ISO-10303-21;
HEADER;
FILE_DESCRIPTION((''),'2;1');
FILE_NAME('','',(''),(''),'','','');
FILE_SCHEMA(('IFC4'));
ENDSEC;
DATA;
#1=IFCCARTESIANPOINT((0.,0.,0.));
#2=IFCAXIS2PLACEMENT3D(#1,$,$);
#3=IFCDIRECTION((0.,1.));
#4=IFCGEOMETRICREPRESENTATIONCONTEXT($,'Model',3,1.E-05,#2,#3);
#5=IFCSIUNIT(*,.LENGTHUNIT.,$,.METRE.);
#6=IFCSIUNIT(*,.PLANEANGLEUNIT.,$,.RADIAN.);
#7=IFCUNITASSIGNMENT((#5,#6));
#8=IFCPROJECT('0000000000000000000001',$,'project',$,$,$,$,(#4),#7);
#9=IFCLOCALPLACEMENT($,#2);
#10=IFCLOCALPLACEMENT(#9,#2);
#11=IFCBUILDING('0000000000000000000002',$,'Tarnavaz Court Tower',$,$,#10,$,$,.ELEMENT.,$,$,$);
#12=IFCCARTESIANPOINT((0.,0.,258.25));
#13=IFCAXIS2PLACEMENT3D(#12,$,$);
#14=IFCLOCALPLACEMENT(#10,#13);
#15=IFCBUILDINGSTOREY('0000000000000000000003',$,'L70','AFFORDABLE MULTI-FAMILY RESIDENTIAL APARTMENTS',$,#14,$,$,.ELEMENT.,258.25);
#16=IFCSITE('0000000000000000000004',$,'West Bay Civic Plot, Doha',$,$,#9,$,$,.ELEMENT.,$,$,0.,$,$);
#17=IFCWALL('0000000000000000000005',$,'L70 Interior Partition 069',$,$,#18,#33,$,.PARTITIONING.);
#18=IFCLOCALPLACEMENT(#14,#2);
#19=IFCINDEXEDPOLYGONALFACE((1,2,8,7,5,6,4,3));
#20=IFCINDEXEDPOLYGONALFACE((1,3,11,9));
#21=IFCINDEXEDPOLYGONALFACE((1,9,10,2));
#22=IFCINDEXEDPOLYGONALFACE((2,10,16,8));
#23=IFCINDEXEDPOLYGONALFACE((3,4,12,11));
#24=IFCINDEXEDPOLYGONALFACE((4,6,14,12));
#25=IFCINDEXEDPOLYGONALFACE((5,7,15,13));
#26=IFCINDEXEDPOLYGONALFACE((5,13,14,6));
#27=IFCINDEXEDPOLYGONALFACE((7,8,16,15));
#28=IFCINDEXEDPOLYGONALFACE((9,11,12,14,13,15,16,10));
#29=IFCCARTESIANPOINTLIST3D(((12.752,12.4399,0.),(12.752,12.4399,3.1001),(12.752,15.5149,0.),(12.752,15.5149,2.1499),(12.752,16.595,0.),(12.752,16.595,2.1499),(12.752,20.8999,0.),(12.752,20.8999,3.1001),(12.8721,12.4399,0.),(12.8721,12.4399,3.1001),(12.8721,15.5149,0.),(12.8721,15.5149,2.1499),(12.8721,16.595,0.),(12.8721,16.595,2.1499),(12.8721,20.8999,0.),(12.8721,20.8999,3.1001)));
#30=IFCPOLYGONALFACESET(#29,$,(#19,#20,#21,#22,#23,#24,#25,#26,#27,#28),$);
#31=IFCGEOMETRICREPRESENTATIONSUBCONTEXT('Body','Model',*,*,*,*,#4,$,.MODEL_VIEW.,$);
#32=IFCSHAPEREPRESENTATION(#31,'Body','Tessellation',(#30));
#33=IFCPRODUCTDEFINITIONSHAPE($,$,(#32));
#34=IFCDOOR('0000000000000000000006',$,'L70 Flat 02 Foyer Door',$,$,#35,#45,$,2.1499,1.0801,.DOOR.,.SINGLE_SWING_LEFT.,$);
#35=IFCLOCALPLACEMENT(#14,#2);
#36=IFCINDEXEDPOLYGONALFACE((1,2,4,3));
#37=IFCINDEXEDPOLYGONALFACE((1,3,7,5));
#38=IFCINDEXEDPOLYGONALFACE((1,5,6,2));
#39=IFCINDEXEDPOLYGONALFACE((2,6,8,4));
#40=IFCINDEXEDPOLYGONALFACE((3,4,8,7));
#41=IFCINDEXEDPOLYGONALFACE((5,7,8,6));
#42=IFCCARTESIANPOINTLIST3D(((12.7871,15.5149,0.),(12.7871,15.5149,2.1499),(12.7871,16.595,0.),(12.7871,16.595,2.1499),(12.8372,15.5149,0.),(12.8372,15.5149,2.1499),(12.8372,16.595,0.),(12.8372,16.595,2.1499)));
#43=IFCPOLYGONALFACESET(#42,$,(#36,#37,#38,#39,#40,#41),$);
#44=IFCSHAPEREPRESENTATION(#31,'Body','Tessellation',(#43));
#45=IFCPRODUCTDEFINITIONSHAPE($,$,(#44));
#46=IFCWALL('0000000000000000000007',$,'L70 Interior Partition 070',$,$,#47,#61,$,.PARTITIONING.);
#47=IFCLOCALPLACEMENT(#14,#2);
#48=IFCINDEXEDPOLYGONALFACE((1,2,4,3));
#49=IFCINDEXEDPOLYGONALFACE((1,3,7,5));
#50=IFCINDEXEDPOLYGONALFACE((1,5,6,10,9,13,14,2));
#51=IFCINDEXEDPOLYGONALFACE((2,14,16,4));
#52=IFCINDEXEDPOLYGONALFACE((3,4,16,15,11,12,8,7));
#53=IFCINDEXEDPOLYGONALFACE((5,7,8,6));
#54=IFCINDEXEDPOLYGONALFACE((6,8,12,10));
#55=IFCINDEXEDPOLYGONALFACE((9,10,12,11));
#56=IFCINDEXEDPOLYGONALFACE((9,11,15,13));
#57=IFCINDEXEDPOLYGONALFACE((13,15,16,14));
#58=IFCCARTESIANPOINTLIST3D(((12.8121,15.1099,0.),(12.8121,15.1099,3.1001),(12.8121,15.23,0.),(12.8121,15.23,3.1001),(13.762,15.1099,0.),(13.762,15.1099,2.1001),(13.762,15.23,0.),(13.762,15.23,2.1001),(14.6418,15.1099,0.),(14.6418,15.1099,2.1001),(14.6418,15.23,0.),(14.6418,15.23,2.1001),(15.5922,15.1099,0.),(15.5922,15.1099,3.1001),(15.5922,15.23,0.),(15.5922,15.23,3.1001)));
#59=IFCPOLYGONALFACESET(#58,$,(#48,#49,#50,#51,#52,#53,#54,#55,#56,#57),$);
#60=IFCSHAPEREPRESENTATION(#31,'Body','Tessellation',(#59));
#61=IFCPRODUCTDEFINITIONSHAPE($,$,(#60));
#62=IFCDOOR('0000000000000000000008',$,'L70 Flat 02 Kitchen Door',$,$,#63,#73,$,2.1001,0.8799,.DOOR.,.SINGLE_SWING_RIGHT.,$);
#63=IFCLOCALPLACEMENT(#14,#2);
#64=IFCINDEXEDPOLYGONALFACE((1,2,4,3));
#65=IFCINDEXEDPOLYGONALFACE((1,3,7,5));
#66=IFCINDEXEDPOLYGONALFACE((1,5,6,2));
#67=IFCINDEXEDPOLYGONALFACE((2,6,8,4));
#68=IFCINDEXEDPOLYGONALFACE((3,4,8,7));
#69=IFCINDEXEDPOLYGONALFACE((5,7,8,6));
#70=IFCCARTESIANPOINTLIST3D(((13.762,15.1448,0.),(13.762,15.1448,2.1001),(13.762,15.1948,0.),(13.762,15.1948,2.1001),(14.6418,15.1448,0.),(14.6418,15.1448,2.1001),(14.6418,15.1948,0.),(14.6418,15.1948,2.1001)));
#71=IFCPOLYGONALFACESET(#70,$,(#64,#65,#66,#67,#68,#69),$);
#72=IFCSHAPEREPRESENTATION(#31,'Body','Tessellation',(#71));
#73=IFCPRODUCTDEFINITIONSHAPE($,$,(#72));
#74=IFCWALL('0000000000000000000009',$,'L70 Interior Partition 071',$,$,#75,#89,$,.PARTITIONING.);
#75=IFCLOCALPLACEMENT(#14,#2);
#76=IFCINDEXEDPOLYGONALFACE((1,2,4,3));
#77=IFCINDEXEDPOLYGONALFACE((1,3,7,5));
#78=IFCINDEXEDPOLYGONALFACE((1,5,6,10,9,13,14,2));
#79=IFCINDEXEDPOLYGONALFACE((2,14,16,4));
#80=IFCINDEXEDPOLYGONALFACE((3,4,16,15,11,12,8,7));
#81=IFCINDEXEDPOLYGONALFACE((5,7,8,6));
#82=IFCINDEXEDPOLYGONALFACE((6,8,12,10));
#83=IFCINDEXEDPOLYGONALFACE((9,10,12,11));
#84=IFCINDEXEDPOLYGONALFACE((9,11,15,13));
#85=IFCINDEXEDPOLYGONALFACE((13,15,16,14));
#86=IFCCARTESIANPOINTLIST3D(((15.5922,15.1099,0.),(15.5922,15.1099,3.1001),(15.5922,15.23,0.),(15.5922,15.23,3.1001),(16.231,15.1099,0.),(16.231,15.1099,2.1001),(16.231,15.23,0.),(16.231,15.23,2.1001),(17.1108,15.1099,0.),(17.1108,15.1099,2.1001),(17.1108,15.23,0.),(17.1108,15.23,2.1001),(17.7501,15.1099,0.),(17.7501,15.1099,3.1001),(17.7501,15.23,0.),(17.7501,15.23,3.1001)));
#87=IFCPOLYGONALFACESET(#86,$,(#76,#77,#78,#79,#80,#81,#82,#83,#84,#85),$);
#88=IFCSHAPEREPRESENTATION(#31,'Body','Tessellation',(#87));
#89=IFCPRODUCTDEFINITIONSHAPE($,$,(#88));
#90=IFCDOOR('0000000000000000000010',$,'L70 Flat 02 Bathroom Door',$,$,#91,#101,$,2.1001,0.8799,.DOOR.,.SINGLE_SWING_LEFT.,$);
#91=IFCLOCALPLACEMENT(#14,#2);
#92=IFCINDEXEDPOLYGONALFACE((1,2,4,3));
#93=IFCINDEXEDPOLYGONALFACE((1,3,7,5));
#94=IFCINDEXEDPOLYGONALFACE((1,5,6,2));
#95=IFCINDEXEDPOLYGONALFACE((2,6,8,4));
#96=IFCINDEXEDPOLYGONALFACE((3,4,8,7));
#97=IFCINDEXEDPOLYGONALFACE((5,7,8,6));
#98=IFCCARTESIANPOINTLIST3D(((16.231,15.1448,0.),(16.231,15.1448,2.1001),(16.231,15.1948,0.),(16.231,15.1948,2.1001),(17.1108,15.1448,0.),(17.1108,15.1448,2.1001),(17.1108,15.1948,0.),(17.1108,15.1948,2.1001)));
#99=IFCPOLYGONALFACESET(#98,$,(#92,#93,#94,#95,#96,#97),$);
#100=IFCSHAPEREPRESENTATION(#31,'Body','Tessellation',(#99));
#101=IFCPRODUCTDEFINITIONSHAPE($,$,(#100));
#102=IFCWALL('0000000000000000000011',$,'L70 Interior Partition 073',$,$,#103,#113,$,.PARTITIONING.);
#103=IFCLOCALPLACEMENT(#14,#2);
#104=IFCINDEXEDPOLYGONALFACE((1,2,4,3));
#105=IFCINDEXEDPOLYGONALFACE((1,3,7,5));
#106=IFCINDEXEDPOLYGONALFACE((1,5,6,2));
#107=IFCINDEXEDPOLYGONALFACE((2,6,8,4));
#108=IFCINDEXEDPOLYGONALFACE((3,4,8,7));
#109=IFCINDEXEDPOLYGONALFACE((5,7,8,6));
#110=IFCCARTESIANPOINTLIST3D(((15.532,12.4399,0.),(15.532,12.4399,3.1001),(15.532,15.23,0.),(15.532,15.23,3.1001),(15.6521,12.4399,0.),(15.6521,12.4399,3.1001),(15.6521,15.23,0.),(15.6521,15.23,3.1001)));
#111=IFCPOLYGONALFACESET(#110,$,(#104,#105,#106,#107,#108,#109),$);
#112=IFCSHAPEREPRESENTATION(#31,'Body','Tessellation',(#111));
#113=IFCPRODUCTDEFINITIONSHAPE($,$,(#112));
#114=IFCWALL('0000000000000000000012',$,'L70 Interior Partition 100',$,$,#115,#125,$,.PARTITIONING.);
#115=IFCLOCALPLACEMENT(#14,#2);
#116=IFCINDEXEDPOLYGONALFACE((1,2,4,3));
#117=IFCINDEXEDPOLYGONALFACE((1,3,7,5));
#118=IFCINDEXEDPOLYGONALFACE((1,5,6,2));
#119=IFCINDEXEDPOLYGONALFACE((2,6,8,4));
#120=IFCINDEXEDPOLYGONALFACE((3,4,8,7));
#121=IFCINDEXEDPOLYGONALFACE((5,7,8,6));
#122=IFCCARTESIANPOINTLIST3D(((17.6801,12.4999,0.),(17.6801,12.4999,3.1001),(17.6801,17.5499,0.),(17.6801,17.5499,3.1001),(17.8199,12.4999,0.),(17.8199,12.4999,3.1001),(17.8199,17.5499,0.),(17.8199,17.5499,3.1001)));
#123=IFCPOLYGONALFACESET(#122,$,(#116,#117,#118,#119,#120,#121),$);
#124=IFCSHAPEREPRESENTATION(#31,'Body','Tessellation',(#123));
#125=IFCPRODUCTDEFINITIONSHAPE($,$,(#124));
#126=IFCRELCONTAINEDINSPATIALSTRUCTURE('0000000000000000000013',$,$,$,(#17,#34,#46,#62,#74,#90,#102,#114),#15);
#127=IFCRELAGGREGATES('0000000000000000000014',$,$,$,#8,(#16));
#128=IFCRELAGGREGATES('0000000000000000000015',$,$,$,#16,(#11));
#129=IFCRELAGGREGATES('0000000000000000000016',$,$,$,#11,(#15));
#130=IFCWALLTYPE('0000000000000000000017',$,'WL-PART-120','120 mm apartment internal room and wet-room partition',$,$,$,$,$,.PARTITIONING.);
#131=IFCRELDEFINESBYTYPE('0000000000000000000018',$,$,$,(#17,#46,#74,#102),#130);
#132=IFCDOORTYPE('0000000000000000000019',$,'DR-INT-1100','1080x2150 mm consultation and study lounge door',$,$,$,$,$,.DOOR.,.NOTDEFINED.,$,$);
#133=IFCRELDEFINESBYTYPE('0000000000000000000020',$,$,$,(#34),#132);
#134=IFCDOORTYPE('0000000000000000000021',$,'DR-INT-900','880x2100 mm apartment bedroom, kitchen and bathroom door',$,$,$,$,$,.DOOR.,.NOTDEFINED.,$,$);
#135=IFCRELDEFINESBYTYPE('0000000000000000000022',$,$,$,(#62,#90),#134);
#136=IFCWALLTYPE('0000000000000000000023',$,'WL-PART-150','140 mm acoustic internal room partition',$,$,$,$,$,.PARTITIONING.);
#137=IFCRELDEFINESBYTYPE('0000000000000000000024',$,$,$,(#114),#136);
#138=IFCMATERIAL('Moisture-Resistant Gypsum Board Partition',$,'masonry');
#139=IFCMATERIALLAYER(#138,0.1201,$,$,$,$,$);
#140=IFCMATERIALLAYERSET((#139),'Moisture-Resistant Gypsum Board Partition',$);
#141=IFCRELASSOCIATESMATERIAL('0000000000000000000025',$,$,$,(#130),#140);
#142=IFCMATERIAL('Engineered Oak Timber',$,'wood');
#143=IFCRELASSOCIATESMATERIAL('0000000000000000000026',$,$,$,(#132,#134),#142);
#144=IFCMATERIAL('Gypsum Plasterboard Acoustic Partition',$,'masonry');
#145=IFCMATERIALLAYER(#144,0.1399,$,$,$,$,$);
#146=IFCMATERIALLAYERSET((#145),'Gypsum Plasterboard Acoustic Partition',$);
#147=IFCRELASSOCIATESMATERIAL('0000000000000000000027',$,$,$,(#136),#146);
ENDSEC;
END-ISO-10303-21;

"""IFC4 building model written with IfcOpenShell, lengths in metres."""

from ifc_helpers import new_model, si_unit, direction, frame, frame_2d, origin, place, context, subcontext, project, spatial, rectangle, extrude, material, layer, layer_set, type_object, element, fill, save


model = new_model("IFC4")

# Units and contexts
model_context = context("Model", 3, precision=1e-05, world=origin(), true_north=direction((0.0, 1.0)))
body_context = subcontext(model_context, "Body", "Model", "MODEL_VIEW")
ifc_project = project(units=[si_unit("LENGTHUNIT", "METRE"), si_unit("PLANEANGLEUNIT", "RADIAN")], contexts=[model_context])

# Site, building, storey
site_placement = place(None, origin())
site = spatial("IfcSite", under=ifc_project, at=site_placement, Name="West Bay Civic Plot, Doha", CompositionType="ELEMENT", RefElevation=0.0)
building_placement = place(site_placement, origin())
building = spatial("IfcBuilding", under=site, at=building_placement, Name="Tarnavaz Court Tower", CompositionType="ELEMENT")
storey_placement = place(building_placement, frame((0.0, 0.0, 258.25)))
storey = spatial("IfcBuildingStorey", under=building, at=storey_placement, Name="L70", Description="AFFORDABLE MULTI-FAMILY RESIDENTIAL APARTMENTS", CompositionType="ELEMENT", Elevation=258.25)

# Walls, openings, doors
ifc_material_1 = material(Name="Engineered Oak Timber", Category="wood")
ifc_material_2 = material(Name="Moisture-Resistant Gypsum Board Partition", Category="masonry")
ifc_layer_1 = layer(ifc_material_2, 0.1201)
ifc_layer_set_1 = layer_set([ifc_layer_1], Name="Moisture-Resistant Gypsum Board Partition")
wall_type_1 = type_object("IfcWallType", Name="WL-PART-120", Description="120 mm apartment internal room and wet-room partition", PredefinedType="PARTITIONING", material=ifc_layer_set_1)
wall_1_placement = place(storey_placement, frame((12.812, 12.4399, 0.0), z_axis=(0.0, 0.0, 1.0), x_axis=(0.0, 1.0, 0.0)))
wall_1 = element("IfcWall", 1, at=wall_1_placement, inside=storey, type_object=wall_type_1, Name="L70 Interior Partition 069", PredefinedType="PARTITIONING", context=body_context, shape_type="SweptSolid", body=[
    extrude(rectangle(XDim=8.46, YDim=0.1201, at=frame_2d((4.23, 0.0))), origin(), (0.0, 0.0, 1.0), 3.1001),
])
opening_1_placement = place(wall_1_placement, frame((3.075, 0.0, 0.0)))
opening_1 = element("IfcOpeningElement", 2, at=opening_1_placement, cuts=wall_1, PredefinedType="OPENING", context=body_context, shape_type="SweptSolid", body=[
    extrude(rectangle(XDim=1.0801, YDim=2.1499, at=frame_2d((0.54, 1.075))), frame((0.0, 0.0701, 0.0), z_axis=(0.0, -1.0, 0.0), x_axis=(1.0, 0.0, 0.0)), (0.0, 0.0, 1.0), 0.1401),
])
door_type_1 = type_object("IfcDoorType", Name="DR-INT-1100", Description="1080x2150 mm consultation and study lounge door", OperationType="NOTDEFINED", PredefinedType="DOOR", material=ifc_material_1)
door_1_placement = place(opening_1_placement, origin())
door_1 = element("IfcDoor", 3, at=door_1_placement, inside=storey, type_object=door_type_1, Name="L70 Flat 02 Foyer Door", OperationType="SINGLE_SWING_LEFT", OverallHeight=2.1499, OverallWidth=1.0801, PredefinedType="DOOR", context=body_context, shape_type="SweptSolid", body=[
    extrude(rectangle(XDim=1.0801, YDim=2.1499, at=frame_2d((0.54, 1.075))), frame((0.0, 0.0249, 0.0), z_axis=(0.0, -1.0, 0.0), x_axis=(1.0, 0.0, 0.0)), (0.0, 0.0, 1.0), 0.05),
])
fill(opening_1, door_1)
wall_2_placement = place(storey_placement, frame((12.812, 15.1699, 0.0), z_axis=(0.0, 0.0, 1.0), x_axis=(1.0, 0.0, 0.0)))
wall_2 = element("IfcWall", 4, at=wall_2_placement, inside=storey, type_object=wall_type_1, Name="L70 Interior Partition 070", PredefinedType="PARTITIONING", context=body_context, shape_type="SweptSolid", body=[
    extrude(rectangle(XDim=2.78, YDim=0.1201, at=frame_2d((1.3901, 0.0))), origin(), (0.0, 0.0, 1.0), 3.1001),
])
opening_2_placement = place(wall_2_placement, frame((0.95, 0.0, 0.0)))
opening_2 = element("IfcOpeningElement", 5, at=opening_2_placement, cuts=wall_2, PredefinedType="OPENING", context=body_context, shape_type="SweptSolid", body=[
    extrude(rectangle(XDim=0.8799, YDim=2.1001, at=frame_2d((0.4399, 1.05))), frame((0.0, 0.0701, 0.0), z_axis=(0.0, -1.0, 0.0), x_axis=(1.0, 0.0, 0.0)), (0.0, 0.0, 1.0), 0.1401),
])
door_type_2 = type_object("IfcDoorType", Name="DR-INT-900", Description="880x2100 mm apartment bedroom, kitchen and bathroom door", OperationType="NOTDEFINED", PredefinedType="DOOR", material=ifc_material_1)
door_2_placement = place(opening_2_placement, origin())
door_2 = element("IfcDoor", 6, at=door_2_placement, inside=storey, type_object=door_type_2, Name="L70 Flat 02 Kitchen Door", OperationType="SINGLE_SWING_RIGHT", OverallHeight=2.1001, OverallWidth=0.8799, PredefinedType="DOOR", context=body_context, shape_type="SweptSolid", body=[
    extrude(rectangle(XDim=0.8799, YDim=2.1001, at=frame_2d((0.4399, 1.05))), frame((0.0, 0.0249, 0.0), z_axis=(0.0, -1.0, 0.0), x_axis=(1.0, 0.0, 0.0)), (0.0, 0.0, 1.0), 0.05),
])
fill(opening_2, door_2)
wall_3_placement = place(storey_placement, frame((15.592, 15.1699, 0.0), z_axis=(0.0, 0.0, 1.0), x_axis=(1.0, 0.0, 0.0)))
wall_3 = element("IfcWall", 7, at=wall_3_placement, inside=storey, type_object=wall_type_1, Name="L70 Interior Partition 071", PredefinedType="PARTITIONING", context=body_context, shape_type="SweptSolid", body=[
    extrude(rectangle(XDim=2.158, YDim=0.1201, at=frame_2d((1.0791, 0.0))), origin(), (0.0, 0.0, 1.0), 3.1001),
])
opening_3_placement = place(wall_3_placement, frame((0.6389, 0.0, 0.0)))
opening_3 = element("IfcOpeningElement", 8, at=opening_3_placement, cuts=wall_3, PredefinedType="OPENING", context=body_context, shape_type="SweptSolid", body=[
    extrude(rectangle(XDim=0.8799, YDim=2.1001, at=frame_2d((0.4399, 1.05))), frame((0.0, 0.0701, 0.0), z_axis=(0.0, -1.0, 0.0), x_axis=(1.0, 0.0, 0.0)), (0.0, 0.0, 1.0), 0.1401),
])
door_3_placement = place(opening_3_placement, origin())
door_3 = element("IfcDoor", 9, at=door_3_placement, inside=storey, type_object=door_type_2, Name="L70 Flat 02 Bathroom Door", OperationType="SINGLE_SWING_LEFT", OverallHeight=2.1001, OverallWidth=0.8799, PredefinedType="DOOR", context=body_context, shape_type="SweptSolid", body=[
    extrude(rectangle(XDim=0.8799, YDim=2.1001, at=frame_2d((0.4399, 1.05))), frame((0.0, 0.0249, 0.0), z_axis=(0.0, -1.0, 0.0), x_axis=(1.0, 0.0, 0.0)), (0.0, 0.0, 1.0), 0.05),
])
fill(opening_3, door_3)

# Walls
wall_4_placement = place(storey_placement, frame((15.592, 12.4399, 0.0), z_axis=(0.0, 0.0, 1.0), x_axis=(0.0, 1.0, 0.0)))
element("IfcWall", 10, at=wall_4_placement, inside=storey, type_object=wall_type_1, Name="L70 Interior Partition 073", PredefinedType="PARTITIONING", context=body_context, shape_type="SweptSolid", body=[
    extrude(rectangle(XDim=2.79, YDim=0.1201, at=frame_2d((1.395, 0.0))), origin(), (0.0, 0.0, 1.0), 3.1001),
])
ifc_material_3 = material(Name="Gypsum Plasterboard Acoustic Partition", Category="masonry")
ifc_layer_2 = layer(ifc_material_3, 0.1399)
ifc_layer_set_2 = layer_set([ifc_layer_2], Name="Gypsum Plasterboard Acoustic Partition")
wall_type_2 = type_object("IfcWallType", Name="WL-PART-150", Description="140 mm acoustic internal room partition", PredefinedType="PARTITIONING", material=ifc_layer_set_2)
wall_5_placement = place(storey_placement, frame((17.75, 12.5, 0.0), z_axis=(0.0, 0.0, 1.0), x_axis=(0.0, 1.0, 0.0)))
element("IfcWall", 11, at=wall_5_placement, inside=storey, type_object=wall_type_2, Name="L70 Interior Partition 100", PredefinedType="PARTITIONING", context=body_context, shape_type="SweptSolid", body=[
    extrude(rectangle(XDim=5.05, YDim=0.1399, at=frame_2d((2.5249, 0.0))), origin(), (0.0, 0.0, 1.0), 3.1001),
])

save(model, "model.ifc")
